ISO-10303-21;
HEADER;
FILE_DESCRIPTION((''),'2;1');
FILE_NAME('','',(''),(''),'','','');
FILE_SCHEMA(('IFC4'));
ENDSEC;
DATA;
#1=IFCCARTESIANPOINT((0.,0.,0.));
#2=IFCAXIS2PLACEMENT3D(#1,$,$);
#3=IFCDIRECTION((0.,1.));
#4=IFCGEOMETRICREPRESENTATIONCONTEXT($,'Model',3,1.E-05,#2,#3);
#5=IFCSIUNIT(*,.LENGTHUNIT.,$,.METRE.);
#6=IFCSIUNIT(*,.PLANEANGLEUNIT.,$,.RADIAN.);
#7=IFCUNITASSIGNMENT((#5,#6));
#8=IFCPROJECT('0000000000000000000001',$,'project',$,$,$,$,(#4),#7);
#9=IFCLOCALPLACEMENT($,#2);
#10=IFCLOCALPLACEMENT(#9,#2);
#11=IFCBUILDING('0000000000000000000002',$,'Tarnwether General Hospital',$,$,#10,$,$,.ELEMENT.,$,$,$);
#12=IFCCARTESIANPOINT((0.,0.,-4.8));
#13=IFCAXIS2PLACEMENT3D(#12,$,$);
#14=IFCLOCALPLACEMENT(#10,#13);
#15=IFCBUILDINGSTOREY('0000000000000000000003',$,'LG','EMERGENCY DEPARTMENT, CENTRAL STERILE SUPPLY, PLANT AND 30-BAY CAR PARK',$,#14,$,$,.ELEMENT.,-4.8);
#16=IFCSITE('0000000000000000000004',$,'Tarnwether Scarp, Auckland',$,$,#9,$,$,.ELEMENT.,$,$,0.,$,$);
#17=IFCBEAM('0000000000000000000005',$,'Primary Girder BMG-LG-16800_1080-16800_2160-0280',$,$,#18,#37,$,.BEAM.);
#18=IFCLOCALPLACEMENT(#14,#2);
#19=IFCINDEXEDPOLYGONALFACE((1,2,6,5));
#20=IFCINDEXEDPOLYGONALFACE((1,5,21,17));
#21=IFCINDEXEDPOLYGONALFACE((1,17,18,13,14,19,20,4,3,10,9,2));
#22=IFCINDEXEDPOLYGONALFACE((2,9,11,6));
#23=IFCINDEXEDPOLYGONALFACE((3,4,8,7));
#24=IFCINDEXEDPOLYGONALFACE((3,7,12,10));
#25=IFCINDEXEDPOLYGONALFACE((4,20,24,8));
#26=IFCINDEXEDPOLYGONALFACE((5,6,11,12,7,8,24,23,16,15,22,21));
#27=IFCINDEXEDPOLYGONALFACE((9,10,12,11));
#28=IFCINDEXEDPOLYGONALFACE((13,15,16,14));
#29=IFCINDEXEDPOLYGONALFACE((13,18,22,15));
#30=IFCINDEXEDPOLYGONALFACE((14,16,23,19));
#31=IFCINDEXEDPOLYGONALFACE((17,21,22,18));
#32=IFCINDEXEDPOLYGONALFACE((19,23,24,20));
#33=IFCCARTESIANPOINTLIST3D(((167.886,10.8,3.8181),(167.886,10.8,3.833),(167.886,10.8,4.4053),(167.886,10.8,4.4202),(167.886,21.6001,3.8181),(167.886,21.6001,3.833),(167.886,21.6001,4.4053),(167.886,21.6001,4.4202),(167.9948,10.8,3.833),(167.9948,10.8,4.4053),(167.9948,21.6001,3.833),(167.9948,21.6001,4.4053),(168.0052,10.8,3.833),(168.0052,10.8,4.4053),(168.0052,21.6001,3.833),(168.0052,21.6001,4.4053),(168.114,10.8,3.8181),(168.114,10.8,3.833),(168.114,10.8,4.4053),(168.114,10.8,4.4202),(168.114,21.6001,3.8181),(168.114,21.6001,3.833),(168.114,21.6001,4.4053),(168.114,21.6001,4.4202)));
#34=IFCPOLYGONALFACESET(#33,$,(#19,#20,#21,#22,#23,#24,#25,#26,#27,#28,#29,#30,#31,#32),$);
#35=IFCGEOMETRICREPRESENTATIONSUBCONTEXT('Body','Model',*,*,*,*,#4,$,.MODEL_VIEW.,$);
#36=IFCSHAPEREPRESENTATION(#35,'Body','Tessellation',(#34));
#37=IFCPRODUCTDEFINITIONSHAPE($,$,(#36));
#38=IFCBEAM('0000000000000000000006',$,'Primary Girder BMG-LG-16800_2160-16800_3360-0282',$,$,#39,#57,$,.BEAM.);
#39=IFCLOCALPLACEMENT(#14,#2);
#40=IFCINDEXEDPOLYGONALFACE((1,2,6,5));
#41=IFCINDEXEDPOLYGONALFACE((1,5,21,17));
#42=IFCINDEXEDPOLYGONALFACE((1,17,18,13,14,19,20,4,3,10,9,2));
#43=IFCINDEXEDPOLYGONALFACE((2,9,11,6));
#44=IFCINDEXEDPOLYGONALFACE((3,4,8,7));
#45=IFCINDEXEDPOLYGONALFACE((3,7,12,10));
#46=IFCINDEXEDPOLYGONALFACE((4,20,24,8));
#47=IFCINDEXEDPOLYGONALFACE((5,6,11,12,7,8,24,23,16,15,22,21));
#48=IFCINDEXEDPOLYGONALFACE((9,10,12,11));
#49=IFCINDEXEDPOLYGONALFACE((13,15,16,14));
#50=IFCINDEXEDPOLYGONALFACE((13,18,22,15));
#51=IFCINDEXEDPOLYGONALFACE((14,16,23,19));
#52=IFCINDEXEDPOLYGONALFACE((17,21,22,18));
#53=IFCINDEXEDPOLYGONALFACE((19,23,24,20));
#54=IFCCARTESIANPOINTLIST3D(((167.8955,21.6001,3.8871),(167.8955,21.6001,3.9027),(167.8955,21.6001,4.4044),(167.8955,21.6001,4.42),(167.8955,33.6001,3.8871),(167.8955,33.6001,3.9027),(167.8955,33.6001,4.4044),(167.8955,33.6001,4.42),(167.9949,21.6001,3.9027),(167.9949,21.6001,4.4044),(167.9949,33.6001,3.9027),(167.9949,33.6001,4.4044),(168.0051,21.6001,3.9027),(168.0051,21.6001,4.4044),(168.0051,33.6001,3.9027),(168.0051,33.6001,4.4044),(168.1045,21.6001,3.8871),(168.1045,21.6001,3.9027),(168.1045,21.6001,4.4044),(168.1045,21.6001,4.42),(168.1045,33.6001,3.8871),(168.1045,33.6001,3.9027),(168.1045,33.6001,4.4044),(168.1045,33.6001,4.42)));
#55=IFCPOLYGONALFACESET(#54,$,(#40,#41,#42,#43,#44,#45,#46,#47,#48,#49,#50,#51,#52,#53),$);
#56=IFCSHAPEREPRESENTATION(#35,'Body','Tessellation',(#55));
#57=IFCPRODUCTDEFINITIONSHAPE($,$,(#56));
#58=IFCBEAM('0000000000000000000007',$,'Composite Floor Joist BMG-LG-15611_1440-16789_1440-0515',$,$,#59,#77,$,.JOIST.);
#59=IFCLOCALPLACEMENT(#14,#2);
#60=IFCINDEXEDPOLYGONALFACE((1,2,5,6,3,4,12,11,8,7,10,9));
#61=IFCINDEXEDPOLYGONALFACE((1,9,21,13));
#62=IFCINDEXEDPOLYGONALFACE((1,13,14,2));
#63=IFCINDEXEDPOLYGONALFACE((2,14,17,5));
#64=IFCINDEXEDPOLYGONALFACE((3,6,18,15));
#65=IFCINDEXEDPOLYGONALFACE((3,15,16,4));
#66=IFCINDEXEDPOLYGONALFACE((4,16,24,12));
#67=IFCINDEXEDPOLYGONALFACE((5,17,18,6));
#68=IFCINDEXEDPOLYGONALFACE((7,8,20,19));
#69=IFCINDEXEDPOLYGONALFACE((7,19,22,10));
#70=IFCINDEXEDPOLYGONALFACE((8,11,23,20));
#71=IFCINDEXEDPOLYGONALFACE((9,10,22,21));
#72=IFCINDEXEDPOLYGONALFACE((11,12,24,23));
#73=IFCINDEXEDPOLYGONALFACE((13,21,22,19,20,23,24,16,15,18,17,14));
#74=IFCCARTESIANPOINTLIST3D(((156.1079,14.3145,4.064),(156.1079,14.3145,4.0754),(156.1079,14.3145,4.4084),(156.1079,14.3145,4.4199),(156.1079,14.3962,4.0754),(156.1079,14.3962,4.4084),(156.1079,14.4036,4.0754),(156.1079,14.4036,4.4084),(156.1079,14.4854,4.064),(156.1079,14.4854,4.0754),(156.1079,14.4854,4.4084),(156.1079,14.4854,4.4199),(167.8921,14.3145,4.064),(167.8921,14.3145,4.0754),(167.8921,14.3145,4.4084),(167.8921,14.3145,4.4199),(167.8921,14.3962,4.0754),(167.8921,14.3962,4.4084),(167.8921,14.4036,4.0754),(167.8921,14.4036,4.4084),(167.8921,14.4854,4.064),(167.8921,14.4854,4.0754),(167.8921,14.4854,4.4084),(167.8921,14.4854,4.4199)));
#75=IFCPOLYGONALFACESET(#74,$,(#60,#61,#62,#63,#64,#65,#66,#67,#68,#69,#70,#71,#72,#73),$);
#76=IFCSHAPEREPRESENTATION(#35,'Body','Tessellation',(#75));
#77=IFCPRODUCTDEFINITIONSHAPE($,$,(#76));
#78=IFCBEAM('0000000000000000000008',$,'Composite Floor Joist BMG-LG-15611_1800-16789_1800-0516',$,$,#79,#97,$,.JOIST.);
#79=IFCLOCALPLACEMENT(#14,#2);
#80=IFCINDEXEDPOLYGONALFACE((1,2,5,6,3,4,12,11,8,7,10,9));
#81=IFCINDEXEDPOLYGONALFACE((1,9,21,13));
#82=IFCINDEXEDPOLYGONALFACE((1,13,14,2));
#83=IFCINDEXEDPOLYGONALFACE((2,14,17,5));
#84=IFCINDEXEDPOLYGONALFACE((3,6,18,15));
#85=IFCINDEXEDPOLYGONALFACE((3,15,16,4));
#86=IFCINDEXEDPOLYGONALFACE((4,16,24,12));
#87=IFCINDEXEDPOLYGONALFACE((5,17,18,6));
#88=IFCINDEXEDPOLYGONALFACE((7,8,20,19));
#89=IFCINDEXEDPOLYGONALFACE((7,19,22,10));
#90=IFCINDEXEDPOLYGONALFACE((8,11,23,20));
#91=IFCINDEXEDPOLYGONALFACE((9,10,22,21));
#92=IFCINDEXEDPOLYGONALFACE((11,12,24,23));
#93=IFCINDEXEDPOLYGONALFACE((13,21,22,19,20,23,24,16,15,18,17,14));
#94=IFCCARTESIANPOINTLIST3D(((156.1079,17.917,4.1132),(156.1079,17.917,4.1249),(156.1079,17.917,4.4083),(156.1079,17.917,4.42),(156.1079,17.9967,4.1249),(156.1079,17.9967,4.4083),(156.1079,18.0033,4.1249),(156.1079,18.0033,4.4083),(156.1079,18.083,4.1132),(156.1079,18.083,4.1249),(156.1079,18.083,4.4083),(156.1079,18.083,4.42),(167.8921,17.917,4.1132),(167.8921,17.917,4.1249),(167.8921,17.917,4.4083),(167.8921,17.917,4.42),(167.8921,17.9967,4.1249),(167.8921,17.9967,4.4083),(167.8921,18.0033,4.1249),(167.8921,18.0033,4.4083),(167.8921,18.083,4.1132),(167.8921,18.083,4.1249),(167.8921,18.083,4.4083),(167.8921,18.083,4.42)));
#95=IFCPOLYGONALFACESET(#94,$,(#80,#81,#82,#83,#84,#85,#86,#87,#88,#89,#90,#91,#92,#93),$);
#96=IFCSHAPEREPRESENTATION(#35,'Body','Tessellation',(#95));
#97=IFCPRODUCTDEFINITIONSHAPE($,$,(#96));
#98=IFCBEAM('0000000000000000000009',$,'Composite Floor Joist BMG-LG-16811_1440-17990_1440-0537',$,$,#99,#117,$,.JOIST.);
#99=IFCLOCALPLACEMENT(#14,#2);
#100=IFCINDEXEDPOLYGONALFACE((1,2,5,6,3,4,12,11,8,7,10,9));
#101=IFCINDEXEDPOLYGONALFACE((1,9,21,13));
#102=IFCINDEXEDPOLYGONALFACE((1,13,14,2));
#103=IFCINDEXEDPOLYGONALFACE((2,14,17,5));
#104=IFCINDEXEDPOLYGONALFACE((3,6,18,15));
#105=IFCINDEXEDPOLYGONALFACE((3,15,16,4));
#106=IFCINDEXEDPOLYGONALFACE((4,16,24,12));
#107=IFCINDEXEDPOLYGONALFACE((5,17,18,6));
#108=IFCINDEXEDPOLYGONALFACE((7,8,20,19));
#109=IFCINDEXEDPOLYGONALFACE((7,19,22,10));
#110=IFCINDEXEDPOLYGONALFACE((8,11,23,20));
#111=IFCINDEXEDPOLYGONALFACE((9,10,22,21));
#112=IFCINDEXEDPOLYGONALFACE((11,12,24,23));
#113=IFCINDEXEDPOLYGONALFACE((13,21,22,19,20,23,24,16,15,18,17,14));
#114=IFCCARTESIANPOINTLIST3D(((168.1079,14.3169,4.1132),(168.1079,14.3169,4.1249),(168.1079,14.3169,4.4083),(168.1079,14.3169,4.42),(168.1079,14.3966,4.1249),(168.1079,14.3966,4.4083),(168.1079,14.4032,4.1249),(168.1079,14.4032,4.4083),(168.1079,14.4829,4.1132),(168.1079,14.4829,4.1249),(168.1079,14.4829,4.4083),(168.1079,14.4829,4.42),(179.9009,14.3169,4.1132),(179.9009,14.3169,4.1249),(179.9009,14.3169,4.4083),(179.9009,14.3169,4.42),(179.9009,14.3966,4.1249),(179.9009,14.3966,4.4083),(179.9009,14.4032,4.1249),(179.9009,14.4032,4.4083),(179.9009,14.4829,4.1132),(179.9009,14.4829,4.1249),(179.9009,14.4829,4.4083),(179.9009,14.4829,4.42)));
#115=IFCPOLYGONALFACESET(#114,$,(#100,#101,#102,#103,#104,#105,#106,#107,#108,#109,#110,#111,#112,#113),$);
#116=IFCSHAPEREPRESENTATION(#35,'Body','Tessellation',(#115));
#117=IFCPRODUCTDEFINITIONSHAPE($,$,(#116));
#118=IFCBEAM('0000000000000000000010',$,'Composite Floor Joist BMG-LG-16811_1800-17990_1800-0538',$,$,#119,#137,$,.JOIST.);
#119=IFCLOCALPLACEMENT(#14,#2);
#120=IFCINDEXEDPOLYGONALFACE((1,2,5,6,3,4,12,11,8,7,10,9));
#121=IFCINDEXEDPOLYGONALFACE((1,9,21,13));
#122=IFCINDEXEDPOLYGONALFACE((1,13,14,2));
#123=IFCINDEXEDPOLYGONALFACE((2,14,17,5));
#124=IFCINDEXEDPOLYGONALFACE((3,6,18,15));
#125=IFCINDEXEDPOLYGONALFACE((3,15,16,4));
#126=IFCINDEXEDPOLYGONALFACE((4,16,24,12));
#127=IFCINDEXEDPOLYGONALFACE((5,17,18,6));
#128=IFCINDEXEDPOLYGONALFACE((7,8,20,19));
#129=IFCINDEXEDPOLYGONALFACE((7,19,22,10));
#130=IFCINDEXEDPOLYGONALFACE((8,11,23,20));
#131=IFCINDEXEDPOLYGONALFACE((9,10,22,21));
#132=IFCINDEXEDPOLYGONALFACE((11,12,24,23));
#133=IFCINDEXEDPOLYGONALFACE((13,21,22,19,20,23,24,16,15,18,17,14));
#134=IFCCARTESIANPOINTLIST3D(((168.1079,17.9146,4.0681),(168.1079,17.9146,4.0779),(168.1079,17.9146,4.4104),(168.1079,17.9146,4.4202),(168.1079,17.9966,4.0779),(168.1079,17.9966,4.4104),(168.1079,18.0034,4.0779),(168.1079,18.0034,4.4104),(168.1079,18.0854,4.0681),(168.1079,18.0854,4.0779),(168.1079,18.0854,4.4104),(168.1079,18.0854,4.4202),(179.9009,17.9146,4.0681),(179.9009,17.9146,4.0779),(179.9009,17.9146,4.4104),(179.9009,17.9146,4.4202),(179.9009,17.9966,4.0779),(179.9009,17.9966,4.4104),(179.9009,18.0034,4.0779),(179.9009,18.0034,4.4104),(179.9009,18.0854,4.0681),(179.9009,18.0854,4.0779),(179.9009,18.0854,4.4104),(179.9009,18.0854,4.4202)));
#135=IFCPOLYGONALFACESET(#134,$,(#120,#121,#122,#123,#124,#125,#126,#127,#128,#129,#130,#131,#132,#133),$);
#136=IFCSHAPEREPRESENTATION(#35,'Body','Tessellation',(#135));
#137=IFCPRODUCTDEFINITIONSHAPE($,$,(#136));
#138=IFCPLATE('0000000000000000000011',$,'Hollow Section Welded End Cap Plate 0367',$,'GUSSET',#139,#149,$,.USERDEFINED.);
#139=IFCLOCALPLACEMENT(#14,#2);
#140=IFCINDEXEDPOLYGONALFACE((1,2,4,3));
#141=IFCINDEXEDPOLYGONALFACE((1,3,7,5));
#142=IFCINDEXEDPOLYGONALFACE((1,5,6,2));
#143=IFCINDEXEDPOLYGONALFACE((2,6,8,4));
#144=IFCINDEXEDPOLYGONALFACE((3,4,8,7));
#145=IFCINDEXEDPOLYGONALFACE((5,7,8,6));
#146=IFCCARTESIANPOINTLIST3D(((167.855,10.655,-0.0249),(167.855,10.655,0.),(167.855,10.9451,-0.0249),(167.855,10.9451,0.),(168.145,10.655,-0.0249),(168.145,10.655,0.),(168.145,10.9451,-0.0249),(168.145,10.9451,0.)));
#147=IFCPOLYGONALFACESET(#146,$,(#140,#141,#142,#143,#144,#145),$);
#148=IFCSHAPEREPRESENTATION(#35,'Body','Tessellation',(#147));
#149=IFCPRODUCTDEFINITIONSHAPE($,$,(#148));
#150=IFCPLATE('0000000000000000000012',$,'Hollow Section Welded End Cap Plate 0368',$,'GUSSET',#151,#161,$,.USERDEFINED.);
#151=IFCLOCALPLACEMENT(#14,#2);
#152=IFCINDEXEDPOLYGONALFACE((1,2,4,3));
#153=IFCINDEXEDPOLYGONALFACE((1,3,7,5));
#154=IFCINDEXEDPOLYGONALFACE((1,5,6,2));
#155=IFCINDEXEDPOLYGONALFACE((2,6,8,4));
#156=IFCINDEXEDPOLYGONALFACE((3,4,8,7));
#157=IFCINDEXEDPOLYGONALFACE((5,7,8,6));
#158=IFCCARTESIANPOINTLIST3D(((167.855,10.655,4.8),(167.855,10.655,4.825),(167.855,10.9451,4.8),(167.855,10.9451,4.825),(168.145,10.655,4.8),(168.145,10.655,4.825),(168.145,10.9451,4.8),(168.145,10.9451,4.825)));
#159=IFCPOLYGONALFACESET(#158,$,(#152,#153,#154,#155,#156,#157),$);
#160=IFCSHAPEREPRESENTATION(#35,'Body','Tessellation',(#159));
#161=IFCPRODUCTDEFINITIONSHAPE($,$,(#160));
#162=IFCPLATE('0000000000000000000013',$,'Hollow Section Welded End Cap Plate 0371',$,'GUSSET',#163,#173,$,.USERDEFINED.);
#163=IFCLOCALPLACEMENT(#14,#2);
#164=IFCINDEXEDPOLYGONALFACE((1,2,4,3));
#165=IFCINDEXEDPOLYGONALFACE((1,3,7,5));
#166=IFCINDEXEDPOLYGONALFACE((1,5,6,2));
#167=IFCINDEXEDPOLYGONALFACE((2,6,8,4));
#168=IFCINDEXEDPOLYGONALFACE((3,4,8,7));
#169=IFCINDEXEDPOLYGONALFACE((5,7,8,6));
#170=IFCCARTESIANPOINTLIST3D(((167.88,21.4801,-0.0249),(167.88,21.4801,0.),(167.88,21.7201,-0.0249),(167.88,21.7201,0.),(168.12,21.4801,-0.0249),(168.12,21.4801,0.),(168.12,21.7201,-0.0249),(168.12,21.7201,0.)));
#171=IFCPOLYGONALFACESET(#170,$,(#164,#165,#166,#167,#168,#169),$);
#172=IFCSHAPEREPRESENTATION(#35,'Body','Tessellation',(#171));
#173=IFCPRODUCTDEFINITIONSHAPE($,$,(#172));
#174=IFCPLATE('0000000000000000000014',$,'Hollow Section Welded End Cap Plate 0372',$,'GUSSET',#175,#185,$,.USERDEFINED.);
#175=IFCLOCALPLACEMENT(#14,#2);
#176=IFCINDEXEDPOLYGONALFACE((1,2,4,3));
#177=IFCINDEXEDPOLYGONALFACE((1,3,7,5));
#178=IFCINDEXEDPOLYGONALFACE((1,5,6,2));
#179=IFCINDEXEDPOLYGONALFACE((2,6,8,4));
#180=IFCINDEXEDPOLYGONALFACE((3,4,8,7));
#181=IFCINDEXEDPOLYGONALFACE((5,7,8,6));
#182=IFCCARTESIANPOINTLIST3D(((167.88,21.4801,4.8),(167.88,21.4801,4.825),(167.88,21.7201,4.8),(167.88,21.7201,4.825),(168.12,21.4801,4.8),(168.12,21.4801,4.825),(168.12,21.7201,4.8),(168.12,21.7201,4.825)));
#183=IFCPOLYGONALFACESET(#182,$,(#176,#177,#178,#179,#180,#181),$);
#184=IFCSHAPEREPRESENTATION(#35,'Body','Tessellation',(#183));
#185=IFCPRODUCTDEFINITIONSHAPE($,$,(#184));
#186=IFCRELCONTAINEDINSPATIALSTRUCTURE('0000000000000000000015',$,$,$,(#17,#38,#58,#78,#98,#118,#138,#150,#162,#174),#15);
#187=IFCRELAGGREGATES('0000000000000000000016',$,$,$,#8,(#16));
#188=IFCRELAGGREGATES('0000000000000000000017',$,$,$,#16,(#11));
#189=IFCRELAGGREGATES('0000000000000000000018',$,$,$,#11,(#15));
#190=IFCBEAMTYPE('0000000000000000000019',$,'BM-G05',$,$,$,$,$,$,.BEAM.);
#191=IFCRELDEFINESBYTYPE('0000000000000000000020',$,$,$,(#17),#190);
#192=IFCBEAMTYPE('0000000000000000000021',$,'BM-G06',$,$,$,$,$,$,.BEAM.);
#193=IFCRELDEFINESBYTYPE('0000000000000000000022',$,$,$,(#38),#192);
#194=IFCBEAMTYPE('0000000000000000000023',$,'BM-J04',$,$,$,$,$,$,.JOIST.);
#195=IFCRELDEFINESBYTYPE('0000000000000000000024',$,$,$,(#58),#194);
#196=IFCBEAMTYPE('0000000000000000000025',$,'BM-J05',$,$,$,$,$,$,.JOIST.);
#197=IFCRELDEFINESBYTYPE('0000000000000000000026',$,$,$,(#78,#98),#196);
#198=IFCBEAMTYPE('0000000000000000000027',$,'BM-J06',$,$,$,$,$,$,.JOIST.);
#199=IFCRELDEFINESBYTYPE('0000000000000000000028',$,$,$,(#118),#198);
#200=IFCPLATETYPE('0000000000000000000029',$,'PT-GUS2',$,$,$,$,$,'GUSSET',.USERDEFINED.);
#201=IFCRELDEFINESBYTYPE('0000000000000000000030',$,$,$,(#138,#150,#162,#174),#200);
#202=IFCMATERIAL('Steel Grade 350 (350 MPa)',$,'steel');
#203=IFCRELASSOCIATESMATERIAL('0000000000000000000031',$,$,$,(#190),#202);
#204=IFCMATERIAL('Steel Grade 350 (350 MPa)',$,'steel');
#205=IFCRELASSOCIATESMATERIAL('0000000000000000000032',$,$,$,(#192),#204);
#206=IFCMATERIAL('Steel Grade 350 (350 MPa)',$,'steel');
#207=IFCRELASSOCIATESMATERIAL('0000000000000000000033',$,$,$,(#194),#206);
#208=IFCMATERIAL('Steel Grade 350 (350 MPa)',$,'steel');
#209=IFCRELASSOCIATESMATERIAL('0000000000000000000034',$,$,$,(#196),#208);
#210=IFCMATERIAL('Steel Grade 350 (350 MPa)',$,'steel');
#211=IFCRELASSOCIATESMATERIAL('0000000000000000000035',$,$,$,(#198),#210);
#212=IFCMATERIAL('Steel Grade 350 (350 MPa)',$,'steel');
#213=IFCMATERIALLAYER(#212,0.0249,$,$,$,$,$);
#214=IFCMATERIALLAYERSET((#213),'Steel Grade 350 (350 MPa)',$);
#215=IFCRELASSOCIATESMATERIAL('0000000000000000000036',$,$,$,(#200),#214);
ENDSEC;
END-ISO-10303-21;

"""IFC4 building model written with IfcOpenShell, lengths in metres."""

from ifc_helpers import new_model, si_unit, direction, frame, origin, origin_2d, place, context, subcontext, project, spatial, rectangle, i_section, extrude, material, layer, layer_set, material_profile, profile_set, type_object, element, save


model = new_model("IFC4")

# Units and contexts
model_context = context("Model", 3, precision=1e-05, world=origin(), true_north=direction((0.0, 1.0)))
body_context = subcontext(model_context, "Body", "Model", "MODEL_VIEW")
ifc_project = project(units=[si_unit("LENGTHUNIT", "METRE"), si_unit("PLANEANGLEUNIT", "RADIAN")], contexts=[model_context])

# Site, building, storey
site_placement = place(None, origin())
site = spatial("IfcSite", under=ifc_project, at=site_placement, Name="Tarnwether Scarp, Auckland", CompositionType="ELEMENT", RefElevation=0.0)
building_placement = place(site_placement, origin())
building = spatial("IfcBuilding", under=site, at=building_placement, Name="Tarnwether General Hospital", CompositionType="ELEMENT")
storey_placement = place(building_placement, frame((0.0, 0.0, -4.8)))
storey = spatial("IfcBuildingStorey", under=building, at=storey_placement, Name="LG", Description="EMERGENCY DEPARTMENT, CENTRAL STERILE SUPPLY, PLANT AND 30-BAY CAR PARK", CompositionType="ELEMENT", Elevation=-4.8)

# Beams
ifc_material_1 = material(Name="Steel Grade 350 (350 MPa)", Category="steel")
ifc_material_profile_1 = material_profile(ifc_material_1, i_section(OverallWidth=0.228, OverallDepth=0.6021, WebThickness=0.0105, FlangeThickness=0.0149, at=origin_2d()), Name="610UB101")
ifc_profile_set_1 = profile_set([ifc_material_profile_1], Name="Steel Grade 350 (350 MPa)")
beam_type_1 = type_object("IfcBeamType", Name="BM-G05", PredefinedType="BEAM", material=ifc_profile_set_1)
beam_1_placement = place(storey_placement, frame((168.0, 10.8, 4.1191), z_axis=(0.0, 1.0, 0.0), x_axis=(-1.0, 0.0, 0.0)))
element("IfcBeam", 1, at=beam_1_placement, inside=storey, type_object=beam_type_1, Name="Primary Girder BMG-LG-16800_1080-16800_2160-0280", PredefinedType="BEAM", context=body_context, shape_type="SweptSolid", body=[
    extrude(i_section(OverallWidth=0.228, OverallDepth=0.6021, WebThickness=0.0105, FlangeThickness=0.0149, at=origin_2d()), origin(), (0.0, 0.0, 1.0), 10.8),
])
ifc_material_2 = material(Name="Steel Grade 350 (350 MPa)", Category="steel")
ifc_material_profile_2 = material_profile(ifc_material_2, i_section(OverallWidth=0.209, OverallDepth=0.533, WebThickness=0.0103, FlangeThickness=0.0156, at=origin_2d()), Name="530UB92.4")
ifc_profile_set_2 = profile_set([ifc_material_profile_2], Name="Steel Grade 350 (350 MPa)")
beam_type_2 = type_object("IfcBeamType", Name="BM-G06", PredefinedType="BEAM", material=ifc_profile_set_2)
beam_2_placement = place(storey_placement, frame((168.0, 21.6001, 4.1536), z_axis=(0.0, 1.0, 0.0), x_axis=(-1.0, 0.0, 0.0)))
element("IfcBeam", 2, at=beam_2_placement, inside=storey, type_object=beam_type_2, Name="Primary Girder BMG-LG-16800_2160-16800_3360-0282", PredefinedType="BEAM", context=body_context, shape_type="SweptSolid", body=[
    extrude(i_section(OverallWidth=0.209, OverallDepth=0.533, WebThickness=0.0103, FlangeThickness=0.0156, at=origin_2d()), origin(), (0.0, 0.0, 1.0), 12.0),
])
ifc_material_3 = material(Name="Steel Grade 350 (350 MPa)", Category="steel")
ifc_material_profile_3 = material_profile(ifc_material_3, i_section(OverallWidth=0.1709, OverallDepth=0.356, WebThickness=0.0073, FlangeThickness=0.0115, at=origin_2d()), Name="360UB50.7")
ifc_profile_set_3 = profile_set([ifc_material_profile_3], Name="Steel Grade 350 (350 MPa)")
beam_type_3 = type_object("IfcBeamType", Name="BM-J04", PredefinedType="JOIST", material=ifc_profile_set_3)
beam_3_placement = place(storey_placement, frame((156.1079, 14.3999, 4.2419), z_axis=(1.0, 0.0, 0.0), x_axis=(0.0, 1.0, 0.0)))
element("IfcBeam", 3, at=beam_3_placement, inside=storey, type_object=beam_type_3, Name="Composite Floor Joist BMG-LG-15611_1440-16789_1440-0515", PredefinedType="JOIST", context=body_context, shape_type="SweptSolid", body=[
    extrude(i_section(OverallWidth=0.1709, OverallDepth=0.356, WebThickness=0.0073, FlangeThickness=0.0115, at=origin_2d()), origin(), (0.0, 0.0, 1.0), 11.7842),
])
ifc_material_4 = material(Name="Steel Grade 350 (350 MPa)", Category="steel")
ifc_material_profile_4 = material_profile(ifc_material_4, i_section(OverallWidth=0.166, OverallDepth=0.3069, WebThickness=0.0066, FlangeThickness=0.0117, at=origin_2d()), Name="310UB46.2")
ifc_profile_set_4 = profile_set([ifc_material_profile_4], Name="Steel Grade 350 (350 MPa)")
beam_type_4 = type_object("IfcBeamType", Name="BM-J05", PredefinedType="JOIST", material=ifc_profile_set_4)
beam_4_placement = place(storey_placement, frame((156.1079, 18.0, 4.2666), z_axis=(1.0, 0.0, 0.0), x_axis=(0.0, 1.0, 0.0)))
element("IfcBeam", 4, at=beam_4_placement, inside=storey, type_object=beam_type_4, Name="Composite Floor Joist BMG-LG-15611_1800-16789_1800-0516", PredefinedType="JOIST", context=body_context, shape_type="SweptSolid", body=[
    extrude(i_section(OverallWidth=0.166, OverallDepth=0.3069, WebThickness=0.0066, FlangeThickness=0.0117, at=origin_2d()), origin(), (0.0, 0.0, 1.0), 11.7842),
])
beam_5_placement = place(storey_placement, frame((168.1079, 14.3999, 4.2666), z_axis=(1.0, 0.0, 0.0), x_axis=(0.0, 1.0, 0.0)))
element("IfcBeam", 5, at=beam_5_placement, inside=storey, type_object=beam_type_4, Name="Composite Floor Joist BMG-LG-16811_1440-17990_1440-0537", PredefinedType="JOIST", context=body_context, shape_type="SweptSolid", body=[
    extrude(i_section(OverallWidth=0.166, OverallDepth=0.3069, WebThickness=0.0066, FlangeThickness=0.0117, at=origin_2d()), origin(), (0.0, 0.0, 1.0), 11.793),
])
ifc_material_5 = material(Name="Steel Grade 350 (350 MPa)", Category="steel")
ifc_material_profile_5 = material_profile(ifc_material_5, i_section(OverallWidth=0.1709, OverallDepth=0.3521, WebThickness=0.0068, FlangeThickness=0.0098, at=origin_2d()), Name="360UB44.7")
ifc_profile_set_5 = profile_set([ifc_material_profile_5], Name="Steel Grade 350 (350 MPa)")
beam_type_5 = type_object("IfcBeamType", Name="BM-J06", PredefinedType="JOIST", material=ifc_profile_set_5)
beam_6_placement = place(storey_placement, frame((168.1079, 18.0, 4.2441), z_axis=(1.0, 0.0, 0.0), x_axis=(0.0, 1.0, 0.0)))
element("IfcBeam", 6, at=beam_6_placement, inside=storey, type_object=beam_type_5, Name="Composite Floor Joist BMG-LG-16811_1800-17990_1800-0538", PredefinedType="JOIST", context=body_context, shape_type="SweptSolid", body=[
    extrude(i_section(OverallWidth=0.1709, OverallDepth=0.3521, WebThickness=0.0068, FlangeThickness=0.0098, at=origin_2d()), origin(), (0.0, 0.0, 1.0), 11.793),
])

# Plates
ifc_material_6 = material(Name="Steel Grade 350 (350 MPa)", Category="steel")
ifc_layer_1 = layer(ifc_material_6, 0.0249)
ifc_layer_set_1 = layer_set([ifc_layer_1], Name="Steel Grade 350 (350 MPa)")
plate_type = type_object("IfcPlateType", Name="PT-GUS2", ElementType="GUSSET", PredefinedType="USERDEFINED", material=ifc_layer_set_1)
for number, where, z_axis, x_axis, name in (
    (7, (168.0, 10.8, -0.0249), (0.0, 0.0, 1.0), (1.0, 0.0, 0.0), "Hollow Section Welded End Cap Plate 0367"),
    (8, (168.0, 10.8, 4.8), (0.0, 0.0, 1.0), (1.0, 0.0, 0.0), "Hollow Section Welded End Cap Plate 0368"),
):
    element("IfcPlate", number, at=place(storey_placement, frame(where, z_axis=z_axis, x_axis=x_axis)), inside=storey, type_object=plate_type, Name=name, ObjectType="GUSSET", PredefinedType="USERDEFINED", context=body_context, shape_type="SweptSolid", body=[
        extrude(rectangle(XDim=0.29, YDim=0.29, at=origin_2d()), origin(), (0.0, 0.0, 1.0), 0.0249),
    ])
for number, where, z_axis, x_axis, name in (
    (9, (168.0, 21.6001, -0.0249), (0.0, 0.0, 1.0), (1.0, 0.0, 0.0), "Hollow Section Welded End Cap Plate 0371"),
    (10, (168.0, 21.6001, 4.8), (0.0, 0.0, 1.0), (1.0, 0.0, 0.0), "Hollow Section Welded End Cap Plate 0372"),
):
    element("IfcPlate", number, at=place(storey_placement, frame(where, z_axis=z_axis, x_axis=x_axis)), inside=storey, type_object=plate_type, Name=name, ObjectType="GUSSET", PredefinedType="USERDEFINED", context=body_context, shape_type="SweptSolid", body=[
        extrude(rectangle(XDim=0.24, YDim=0.24, at=origin_2d()), origin(), (0.0, 0.0, 1.0), 0.0249),
    ])

save(model, "model.ifc")
